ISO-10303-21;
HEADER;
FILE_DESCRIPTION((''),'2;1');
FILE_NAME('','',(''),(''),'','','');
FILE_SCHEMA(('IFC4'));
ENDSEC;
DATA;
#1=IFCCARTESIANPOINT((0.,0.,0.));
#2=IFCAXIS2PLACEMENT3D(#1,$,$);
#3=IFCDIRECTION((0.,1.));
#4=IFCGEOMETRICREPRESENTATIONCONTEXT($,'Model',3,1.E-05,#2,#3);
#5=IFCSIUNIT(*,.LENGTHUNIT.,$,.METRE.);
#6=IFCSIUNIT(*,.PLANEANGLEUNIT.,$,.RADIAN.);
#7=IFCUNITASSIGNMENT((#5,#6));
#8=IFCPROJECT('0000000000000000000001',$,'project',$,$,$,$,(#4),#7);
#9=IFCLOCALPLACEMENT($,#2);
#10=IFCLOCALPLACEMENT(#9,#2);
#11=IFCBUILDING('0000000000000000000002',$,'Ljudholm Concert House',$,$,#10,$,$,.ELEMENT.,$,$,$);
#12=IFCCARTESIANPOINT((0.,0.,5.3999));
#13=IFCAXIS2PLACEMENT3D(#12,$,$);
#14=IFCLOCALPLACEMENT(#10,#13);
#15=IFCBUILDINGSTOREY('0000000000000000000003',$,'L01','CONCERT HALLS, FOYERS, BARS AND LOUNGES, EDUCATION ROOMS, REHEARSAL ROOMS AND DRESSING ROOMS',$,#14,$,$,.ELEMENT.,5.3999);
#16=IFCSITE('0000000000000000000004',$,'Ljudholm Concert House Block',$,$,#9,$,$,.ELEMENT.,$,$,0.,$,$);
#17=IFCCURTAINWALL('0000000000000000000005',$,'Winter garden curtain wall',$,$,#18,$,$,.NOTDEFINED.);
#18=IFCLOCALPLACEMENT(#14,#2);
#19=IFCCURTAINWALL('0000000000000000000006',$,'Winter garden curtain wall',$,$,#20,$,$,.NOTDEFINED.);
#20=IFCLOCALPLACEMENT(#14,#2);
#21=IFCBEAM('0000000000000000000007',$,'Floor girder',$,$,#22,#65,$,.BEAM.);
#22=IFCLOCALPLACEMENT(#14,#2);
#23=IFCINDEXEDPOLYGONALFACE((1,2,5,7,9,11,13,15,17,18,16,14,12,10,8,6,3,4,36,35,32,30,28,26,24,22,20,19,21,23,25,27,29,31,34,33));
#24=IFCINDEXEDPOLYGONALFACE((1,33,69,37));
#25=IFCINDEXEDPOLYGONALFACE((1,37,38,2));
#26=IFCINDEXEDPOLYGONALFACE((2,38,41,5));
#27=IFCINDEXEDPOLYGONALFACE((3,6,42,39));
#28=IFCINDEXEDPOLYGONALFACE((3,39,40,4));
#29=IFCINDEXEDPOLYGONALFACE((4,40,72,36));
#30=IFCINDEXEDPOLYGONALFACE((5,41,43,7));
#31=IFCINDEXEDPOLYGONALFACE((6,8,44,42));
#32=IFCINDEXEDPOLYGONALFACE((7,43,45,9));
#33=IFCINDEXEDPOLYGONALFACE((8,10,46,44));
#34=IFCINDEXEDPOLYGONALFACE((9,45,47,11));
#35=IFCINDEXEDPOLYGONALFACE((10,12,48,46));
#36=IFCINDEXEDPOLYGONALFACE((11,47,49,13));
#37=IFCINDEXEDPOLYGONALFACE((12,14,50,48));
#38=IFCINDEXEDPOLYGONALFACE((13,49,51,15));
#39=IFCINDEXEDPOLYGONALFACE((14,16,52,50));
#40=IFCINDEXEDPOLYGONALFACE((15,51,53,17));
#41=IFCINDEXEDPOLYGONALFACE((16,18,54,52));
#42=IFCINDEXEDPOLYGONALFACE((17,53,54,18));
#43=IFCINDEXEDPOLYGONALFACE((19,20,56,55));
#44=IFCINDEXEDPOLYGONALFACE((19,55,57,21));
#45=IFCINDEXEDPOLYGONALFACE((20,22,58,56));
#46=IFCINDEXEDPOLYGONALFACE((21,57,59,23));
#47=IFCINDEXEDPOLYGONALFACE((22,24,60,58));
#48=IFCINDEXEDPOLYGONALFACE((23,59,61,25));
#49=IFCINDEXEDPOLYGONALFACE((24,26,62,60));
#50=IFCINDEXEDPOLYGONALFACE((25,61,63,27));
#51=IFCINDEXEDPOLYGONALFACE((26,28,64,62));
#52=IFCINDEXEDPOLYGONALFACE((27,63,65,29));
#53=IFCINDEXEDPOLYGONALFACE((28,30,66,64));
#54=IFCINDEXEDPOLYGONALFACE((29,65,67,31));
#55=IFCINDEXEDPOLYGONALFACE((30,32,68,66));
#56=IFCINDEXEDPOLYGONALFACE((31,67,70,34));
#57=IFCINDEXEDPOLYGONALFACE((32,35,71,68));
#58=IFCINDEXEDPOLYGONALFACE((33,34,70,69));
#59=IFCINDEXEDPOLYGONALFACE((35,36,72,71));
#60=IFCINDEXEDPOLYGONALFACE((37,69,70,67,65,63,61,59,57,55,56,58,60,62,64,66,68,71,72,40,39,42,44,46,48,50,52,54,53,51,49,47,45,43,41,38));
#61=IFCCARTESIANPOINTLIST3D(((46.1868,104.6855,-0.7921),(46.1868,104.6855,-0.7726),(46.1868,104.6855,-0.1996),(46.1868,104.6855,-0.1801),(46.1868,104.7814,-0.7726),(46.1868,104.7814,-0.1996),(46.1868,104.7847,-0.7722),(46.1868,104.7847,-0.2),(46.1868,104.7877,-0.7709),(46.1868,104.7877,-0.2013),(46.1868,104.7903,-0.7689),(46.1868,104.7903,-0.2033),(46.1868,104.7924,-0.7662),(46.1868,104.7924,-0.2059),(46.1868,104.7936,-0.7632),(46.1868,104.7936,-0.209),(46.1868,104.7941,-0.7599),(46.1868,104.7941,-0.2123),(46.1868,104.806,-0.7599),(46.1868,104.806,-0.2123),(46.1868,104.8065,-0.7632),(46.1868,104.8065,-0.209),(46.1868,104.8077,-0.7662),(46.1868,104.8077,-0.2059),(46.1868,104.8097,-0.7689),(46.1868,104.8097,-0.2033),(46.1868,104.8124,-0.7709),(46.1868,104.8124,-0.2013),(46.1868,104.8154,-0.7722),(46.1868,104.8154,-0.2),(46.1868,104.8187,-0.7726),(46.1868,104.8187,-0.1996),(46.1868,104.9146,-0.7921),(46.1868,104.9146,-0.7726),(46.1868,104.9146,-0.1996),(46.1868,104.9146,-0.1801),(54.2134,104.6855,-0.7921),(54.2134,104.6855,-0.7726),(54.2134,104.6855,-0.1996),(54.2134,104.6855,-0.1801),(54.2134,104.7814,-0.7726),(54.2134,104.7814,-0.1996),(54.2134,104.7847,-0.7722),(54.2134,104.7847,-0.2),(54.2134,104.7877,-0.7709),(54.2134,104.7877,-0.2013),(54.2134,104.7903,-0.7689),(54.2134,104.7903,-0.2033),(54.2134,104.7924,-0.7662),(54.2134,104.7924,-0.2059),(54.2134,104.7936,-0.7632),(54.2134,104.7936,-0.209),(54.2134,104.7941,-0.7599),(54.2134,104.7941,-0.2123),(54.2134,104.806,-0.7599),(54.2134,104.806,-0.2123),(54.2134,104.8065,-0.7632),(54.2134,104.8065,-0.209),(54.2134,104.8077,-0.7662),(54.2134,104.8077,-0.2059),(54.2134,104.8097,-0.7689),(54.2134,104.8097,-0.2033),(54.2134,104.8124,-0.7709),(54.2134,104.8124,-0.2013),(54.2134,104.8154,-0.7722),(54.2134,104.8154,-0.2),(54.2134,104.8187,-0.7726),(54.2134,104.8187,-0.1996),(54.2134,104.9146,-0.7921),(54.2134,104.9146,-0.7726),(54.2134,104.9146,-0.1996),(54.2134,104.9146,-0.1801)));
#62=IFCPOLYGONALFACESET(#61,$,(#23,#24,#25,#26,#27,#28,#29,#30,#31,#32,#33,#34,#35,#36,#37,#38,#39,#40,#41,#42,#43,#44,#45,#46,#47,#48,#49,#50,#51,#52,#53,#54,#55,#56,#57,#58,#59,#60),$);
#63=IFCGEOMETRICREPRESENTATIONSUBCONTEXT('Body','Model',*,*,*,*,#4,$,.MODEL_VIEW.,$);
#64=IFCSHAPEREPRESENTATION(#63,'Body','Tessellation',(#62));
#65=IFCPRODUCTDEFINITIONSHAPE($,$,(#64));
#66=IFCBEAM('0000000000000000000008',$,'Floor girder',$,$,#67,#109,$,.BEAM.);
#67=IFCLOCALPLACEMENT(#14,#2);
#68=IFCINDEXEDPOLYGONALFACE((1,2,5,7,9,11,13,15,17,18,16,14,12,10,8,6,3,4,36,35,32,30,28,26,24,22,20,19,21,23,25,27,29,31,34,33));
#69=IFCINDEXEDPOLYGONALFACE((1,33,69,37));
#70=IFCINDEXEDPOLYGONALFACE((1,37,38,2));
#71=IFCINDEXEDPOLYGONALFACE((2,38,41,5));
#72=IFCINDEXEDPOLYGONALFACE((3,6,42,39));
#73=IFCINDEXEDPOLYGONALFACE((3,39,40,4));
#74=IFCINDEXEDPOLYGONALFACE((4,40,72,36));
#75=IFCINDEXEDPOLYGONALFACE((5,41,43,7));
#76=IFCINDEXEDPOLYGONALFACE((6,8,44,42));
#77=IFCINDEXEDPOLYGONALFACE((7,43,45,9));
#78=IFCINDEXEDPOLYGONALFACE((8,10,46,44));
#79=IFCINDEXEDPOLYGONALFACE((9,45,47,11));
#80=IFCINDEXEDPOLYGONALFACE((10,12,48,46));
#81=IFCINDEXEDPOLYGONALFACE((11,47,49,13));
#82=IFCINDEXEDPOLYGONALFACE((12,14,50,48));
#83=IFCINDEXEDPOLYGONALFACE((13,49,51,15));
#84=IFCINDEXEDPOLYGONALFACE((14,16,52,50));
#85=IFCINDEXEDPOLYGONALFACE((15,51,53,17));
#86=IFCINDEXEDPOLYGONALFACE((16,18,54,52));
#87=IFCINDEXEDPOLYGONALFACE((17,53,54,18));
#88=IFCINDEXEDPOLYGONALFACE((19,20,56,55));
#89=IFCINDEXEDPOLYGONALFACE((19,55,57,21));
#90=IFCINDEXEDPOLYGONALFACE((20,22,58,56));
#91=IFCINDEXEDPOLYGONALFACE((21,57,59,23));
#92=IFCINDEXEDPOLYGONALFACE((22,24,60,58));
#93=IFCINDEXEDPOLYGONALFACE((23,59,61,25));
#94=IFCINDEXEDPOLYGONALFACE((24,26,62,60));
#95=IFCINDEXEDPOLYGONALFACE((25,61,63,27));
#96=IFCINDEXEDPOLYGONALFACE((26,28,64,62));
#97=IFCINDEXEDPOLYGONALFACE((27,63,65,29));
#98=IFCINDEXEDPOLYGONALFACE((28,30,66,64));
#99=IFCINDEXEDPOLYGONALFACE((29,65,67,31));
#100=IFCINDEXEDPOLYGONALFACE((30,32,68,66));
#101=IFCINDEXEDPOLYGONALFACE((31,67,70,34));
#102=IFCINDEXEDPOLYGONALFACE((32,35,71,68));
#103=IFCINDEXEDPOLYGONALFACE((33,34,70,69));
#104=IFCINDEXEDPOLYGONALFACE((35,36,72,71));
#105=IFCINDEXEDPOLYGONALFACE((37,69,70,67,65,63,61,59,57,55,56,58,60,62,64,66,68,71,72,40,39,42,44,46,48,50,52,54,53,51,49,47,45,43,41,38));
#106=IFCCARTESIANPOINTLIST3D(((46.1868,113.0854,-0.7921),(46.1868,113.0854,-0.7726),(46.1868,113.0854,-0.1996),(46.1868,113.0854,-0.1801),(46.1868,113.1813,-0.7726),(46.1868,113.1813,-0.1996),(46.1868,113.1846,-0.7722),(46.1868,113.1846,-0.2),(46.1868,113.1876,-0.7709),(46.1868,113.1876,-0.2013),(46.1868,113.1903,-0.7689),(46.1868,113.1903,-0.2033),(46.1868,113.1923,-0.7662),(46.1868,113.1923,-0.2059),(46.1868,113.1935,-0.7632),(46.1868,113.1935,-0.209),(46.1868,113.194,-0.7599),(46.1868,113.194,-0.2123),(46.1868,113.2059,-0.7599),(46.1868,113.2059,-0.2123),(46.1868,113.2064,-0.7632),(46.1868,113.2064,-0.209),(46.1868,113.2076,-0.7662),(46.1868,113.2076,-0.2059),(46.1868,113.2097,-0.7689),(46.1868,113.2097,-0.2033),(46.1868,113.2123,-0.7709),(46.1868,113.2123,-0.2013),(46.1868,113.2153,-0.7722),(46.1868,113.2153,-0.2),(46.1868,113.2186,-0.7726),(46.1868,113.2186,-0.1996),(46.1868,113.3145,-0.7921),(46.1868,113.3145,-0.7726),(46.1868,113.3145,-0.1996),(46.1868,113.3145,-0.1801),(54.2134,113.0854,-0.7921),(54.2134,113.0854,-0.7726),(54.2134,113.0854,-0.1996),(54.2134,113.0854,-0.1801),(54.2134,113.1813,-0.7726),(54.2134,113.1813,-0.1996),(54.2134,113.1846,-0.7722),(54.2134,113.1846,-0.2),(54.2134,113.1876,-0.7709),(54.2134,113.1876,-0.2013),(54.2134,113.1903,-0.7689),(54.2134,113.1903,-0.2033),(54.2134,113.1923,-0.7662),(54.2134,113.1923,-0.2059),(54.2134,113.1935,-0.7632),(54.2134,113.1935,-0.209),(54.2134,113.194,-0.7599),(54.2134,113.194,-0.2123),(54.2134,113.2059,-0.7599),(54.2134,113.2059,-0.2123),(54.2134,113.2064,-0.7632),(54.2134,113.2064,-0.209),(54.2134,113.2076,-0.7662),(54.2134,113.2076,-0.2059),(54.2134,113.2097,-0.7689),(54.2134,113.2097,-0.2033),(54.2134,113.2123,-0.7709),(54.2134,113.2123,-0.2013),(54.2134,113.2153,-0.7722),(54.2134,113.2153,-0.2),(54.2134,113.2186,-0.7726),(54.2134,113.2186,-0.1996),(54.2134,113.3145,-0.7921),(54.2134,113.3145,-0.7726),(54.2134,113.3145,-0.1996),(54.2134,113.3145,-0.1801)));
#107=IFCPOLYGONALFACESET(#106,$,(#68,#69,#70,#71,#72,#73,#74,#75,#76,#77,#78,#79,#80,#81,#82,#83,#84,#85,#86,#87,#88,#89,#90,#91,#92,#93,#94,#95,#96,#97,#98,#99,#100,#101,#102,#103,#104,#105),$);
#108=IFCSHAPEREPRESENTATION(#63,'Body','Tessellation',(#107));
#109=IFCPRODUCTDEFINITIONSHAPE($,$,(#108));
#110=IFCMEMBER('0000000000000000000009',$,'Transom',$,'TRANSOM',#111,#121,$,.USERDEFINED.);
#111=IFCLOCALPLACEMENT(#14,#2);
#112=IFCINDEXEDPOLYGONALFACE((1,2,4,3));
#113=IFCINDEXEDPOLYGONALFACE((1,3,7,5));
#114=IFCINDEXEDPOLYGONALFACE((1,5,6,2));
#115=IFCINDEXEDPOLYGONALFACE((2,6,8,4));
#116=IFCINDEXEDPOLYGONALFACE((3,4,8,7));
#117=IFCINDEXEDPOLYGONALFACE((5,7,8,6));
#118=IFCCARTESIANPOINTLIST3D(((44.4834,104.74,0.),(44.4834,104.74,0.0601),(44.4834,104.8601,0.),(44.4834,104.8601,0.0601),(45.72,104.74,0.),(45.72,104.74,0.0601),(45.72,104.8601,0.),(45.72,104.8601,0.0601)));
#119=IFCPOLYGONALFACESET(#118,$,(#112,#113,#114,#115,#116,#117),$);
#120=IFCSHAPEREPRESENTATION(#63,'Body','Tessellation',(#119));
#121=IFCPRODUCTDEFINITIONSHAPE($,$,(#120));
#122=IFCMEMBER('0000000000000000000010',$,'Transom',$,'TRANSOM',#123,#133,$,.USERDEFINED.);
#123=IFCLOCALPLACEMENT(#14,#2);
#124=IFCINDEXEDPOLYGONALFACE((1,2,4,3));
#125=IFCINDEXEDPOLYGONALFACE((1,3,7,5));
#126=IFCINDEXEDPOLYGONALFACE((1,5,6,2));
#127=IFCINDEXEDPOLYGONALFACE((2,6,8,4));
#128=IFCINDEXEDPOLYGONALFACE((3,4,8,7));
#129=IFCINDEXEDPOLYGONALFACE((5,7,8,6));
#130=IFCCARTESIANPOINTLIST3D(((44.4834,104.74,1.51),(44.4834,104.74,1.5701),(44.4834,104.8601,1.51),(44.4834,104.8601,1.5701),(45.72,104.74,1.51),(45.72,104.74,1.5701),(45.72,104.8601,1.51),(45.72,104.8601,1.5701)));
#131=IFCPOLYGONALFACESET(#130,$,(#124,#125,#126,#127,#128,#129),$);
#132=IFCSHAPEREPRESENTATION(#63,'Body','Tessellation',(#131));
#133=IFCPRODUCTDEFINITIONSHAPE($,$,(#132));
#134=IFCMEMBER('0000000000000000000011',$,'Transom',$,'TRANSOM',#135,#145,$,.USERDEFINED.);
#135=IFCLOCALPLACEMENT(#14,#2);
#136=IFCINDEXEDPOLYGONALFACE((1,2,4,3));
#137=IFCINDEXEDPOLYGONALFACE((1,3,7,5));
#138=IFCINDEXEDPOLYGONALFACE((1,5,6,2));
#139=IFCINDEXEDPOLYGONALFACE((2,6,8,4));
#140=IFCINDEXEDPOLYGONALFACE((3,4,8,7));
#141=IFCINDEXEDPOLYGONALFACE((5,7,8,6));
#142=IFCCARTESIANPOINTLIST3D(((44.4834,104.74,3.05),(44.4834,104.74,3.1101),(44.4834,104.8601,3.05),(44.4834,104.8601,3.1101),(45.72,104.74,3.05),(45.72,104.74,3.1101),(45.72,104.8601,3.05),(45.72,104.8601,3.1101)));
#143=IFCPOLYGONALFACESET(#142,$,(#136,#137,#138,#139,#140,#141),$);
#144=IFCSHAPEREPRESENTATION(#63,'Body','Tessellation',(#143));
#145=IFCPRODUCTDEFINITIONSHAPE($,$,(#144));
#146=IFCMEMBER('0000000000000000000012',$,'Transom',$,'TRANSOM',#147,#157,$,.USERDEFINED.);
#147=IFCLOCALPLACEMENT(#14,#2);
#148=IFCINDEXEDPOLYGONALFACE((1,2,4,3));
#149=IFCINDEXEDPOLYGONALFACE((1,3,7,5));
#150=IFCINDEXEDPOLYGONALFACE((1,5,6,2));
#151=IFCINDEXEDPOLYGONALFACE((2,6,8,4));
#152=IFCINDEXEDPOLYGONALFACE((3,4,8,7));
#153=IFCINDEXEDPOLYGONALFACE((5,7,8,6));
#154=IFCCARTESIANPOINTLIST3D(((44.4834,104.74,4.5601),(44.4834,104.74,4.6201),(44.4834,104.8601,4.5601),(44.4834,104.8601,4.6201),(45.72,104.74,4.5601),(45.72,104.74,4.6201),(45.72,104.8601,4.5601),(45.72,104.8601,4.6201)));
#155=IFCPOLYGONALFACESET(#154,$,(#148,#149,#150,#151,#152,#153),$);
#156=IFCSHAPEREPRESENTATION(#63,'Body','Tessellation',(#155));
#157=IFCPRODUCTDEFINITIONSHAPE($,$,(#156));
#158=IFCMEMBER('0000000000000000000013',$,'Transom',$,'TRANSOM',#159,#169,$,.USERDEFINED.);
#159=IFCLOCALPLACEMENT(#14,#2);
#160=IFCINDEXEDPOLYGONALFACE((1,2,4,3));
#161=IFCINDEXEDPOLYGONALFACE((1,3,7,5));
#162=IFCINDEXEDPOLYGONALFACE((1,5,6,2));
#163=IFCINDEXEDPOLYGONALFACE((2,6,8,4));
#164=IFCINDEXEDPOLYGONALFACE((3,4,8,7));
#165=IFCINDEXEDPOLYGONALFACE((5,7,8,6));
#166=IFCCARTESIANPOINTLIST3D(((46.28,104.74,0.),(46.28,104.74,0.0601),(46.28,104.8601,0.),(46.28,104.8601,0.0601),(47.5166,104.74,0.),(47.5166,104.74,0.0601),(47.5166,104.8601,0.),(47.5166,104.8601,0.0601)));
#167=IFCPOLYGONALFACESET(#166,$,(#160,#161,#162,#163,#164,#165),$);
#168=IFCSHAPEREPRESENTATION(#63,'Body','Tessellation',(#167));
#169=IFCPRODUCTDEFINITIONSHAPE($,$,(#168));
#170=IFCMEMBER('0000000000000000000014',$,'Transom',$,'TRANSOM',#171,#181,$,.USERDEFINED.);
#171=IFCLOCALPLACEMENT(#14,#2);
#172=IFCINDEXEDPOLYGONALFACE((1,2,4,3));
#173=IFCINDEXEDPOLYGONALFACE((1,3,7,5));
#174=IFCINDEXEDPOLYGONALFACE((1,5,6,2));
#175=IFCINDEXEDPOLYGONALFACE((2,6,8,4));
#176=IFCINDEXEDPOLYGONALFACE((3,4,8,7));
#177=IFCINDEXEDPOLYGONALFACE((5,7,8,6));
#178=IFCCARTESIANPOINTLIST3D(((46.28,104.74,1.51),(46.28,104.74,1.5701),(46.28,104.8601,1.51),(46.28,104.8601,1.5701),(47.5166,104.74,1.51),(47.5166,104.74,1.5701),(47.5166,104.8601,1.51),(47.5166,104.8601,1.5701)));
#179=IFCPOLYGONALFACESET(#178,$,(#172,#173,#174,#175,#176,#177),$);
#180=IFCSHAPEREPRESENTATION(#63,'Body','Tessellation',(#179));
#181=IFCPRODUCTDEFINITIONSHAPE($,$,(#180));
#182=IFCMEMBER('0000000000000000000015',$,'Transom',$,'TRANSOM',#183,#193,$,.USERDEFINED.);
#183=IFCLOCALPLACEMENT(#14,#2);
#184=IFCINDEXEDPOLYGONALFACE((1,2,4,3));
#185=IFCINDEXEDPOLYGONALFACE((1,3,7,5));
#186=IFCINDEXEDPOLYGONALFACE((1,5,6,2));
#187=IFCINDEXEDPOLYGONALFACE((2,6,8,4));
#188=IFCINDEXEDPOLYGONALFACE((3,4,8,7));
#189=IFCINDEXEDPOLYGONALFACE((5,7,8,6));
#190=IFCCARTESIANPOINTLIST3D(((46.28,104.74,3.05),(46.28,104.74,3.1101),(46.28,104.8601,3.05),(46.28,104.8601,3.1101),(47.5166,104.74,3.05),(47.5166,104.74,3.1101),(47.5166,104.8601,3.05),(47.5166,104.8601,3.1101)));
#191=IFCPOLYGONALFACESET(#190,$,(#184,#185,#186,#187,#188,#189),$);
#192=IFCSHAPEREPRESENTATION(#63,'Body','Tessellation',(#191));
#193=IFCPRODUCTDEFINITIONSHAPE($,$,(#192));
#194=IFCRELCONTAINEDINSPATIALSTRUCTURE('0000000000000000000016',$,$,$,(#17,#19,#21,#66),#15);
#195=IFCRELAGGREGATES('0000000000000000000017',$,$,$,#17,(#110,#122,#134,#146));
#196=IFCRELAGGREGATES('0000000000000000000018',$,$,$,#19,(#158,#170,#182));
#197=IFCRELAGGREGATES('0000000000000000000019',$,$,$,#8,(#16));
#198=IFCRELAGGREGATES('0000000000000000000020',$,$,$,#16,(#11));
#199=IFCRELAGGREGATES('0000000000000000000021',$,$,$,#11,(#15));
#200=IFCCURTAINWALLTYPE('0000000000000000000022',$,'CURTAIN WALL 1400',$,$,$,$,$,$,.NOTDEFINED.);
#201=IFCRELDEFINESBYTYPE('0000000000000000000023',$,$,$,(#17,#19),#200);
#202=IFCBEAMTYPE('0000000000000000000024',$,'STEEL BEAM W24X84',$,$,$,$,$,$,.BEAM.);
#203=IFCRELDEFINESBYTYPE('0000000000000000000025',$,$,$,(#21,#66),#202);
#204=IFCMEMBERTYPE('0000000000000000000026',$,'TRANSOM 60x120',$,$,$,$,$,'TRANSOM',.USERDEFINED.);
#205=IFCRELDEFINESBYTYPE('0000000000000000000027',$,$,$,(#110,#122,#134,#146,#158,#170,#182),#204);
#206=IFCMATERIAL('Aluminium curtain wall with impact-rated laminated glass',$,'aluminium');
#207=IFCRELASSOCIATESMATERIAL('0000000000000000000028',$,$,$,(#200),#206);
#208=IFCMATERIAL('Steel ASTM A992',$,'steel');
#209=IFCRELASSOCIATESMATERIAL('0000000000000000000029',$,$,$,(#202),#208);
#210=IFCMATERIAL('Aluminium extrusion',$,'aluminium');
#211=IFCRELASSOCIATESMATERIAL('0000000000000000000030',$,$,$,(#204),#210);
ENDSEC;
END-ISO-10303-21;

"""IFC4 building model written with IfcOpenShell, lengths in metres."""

from ifc_helpers import new_model, si_unit, direction, frame, origin, origin_2d, place, context, subcontext, project, spatial, rectangle, i_section, extrude, material, material_profile, profile_set, type_object, element, aggregate, save


model = new_model("IFC4")

# Units and contexts
model_context = context("Model", 3, precision=1e-05, world=origin(), true_north=direction((0.0, 1.0)))
body_context = subcontext(model_context, "Body", "Model", "MODEL_VIEW")
ifc_project = project(units=[si_unit("LENGTHUNIT", "METRE"), si_unit("PLANEANGLEUNIT", "RADIAN")], contexts=[model_context])

# Site, building, storey
site_placement = place(None, origin())
site = spatial("IfcSite", under=ifc_project, at=site_placement, Name="Ljudholm Concert House Block", CompositionType="ELEMENT", RefElevation=0.0)
building_placement = place(site_placement, origin())
building = spatial("IfcBuilding", under=site, at=building_placement, Name="Ljudholm Concert House", CompositionType="ELEMENT")
storey_placement = place(building_placement, frame((0.0, 0.0, 5.3999)))
storey = spatial("IfcBuildingStorey", under=building, at=storey_placement, Name="L01", Description="CONCERT HALLS, FOYERS, BARS AND LOUNGES, EDUCATION ROOMS, REHEARSAL ROOMS AND DRESSING ROOMS", CompositionType="ELEMENT", Elevation=5.3999)

# Curtain walls
ifc_material_1 = material(Name="Aluminium curtain wall with impact-rated laminated glass", Category="aluminium")
curtain_wall_type = type_object("IfcCurtainWallType", Name="CURTAIN WALL 1400", PredefinedType="NOTDEFINED", material=ifc_material_1)
curtain_wall_1_placement = place(storey_placement, origin())
curtain_wall_1 = element("IfcCurtainWall", 1, at=curtain_wall_1_placement, inside=storey, type_object=curtain_wall_type, Name="Winter garden curtain wall", PredefinedType="NOTDEFINED")
curtain_wall_2_placement = place(storey_placement, origin())
curtain_wall_2 = element("IfcCurtainWall", 2, at=curtain_wall_2_placement, inside=storey, type_object=curtain_wall_type, Name="Winter garden curtain wall", PredefinedType="NOTDEFINED")

# Beams
ifc_material_2 = material(Name="Steel ASTM A992", Category="steel")
ifc_material_profile_1 = material_profile(ifc_material_2, i_section(OverallWidth=0.229, OverallDepth=0.6121, WebThickness=0.012, FlangeThickness=0.0195, FilletRadius=0.0127, at=origin_2d()), Name="W24X84")
ifc_profile_set_1 = profile_set([ifc_material_profile_1], Name="Steel ASTM A992")
beam_type_1 = type_object("IfcBeamType", Name="STEEL BEAM W24X84", PredefinedType="BEAM", material=ifc_profile_set_1)
for number, where, z_axis, x_axis, name in (
    (3, (46.1868, 104.8, -0.4861), (1.0, 0.0, 0.0), (0.0, 1.0, 0.0), "Floor girder"),
    (4, (46.1868, 113.2, -0.4861), (1.0, 0.0, 0.0), (0.0, 1.0, 0.0), "Floor girder"),
):
    element("IfcBeam", number, at=place(storey_placement, frame(where, z_axis=z_axis, x_axis=x_axis)), inside=storey, type_object=beam_type_1, Name=name, PredefinedType="BEAM", context=body_context, shape_type="SweptSolid", body=[
        extrude(i_section(OverallWidth=0.229, OverallDepth=0.6121, WebThickness=0.012, FlangeThickness=0.0195, FilletRadius=0.0127, at=origin_2d()), origin(), (0.0, 0.0, 1.0), 8.0266),
    ])

# Members
ifc_material_3 = material(Name="Aluminium extrusion", Category="aluminium")
ifc_material_profile_2 = material_profile(ifc_material_3, rectangle(XDim=0.1201, YDim=0.0601, at=origin_2d()), Name="TRANSOM 60x120")
ifc_profile_set_2 = profile_set([ifc_material_profile_2], Name="Aluminium extrusion")
member_type_1 = type_object("IfcMemberType", Name="TRANSOM 60x120", ElementType="TRANSOM", PredefinedType="USERDEFINED", material=ifc_profile_set_2)
member_1_placement = place(storey_placement, frame((44.4834, 104.8, 0.03), z_axis=(1.0, 0.0, 0.0), x_axis=(0.0, 1.0, 0.0)))
member_1 = element("IfcMember", 5, at=member_1_placement, type_object=member_type_1, Name="Transom", ObjectType="TRANSOM", PredefinedType="USERDEFINED", context=body_context, shape_type="SweptSolid", body=[
    extrude(rectangle(XDim=0.1201, YDim=0.0601, at=origin_2d()), origin(), (0.0, 0.0, 1.0), 1.2366),
])
member_2_placement = place(storey_placement, frame((44.4834, 104.8, 1.54), z_axis=(1.0, 0.0, 0.0), x_axis=(0.0, 1.0, 0.0)))
member_2 = element("IfcMember", 6, at=member_2_placement, type_object=member_type_1, Name="Transom", ObjectType="TRANSOM", PredefinedType="USERDEFINED", context=body_context, shape_type="SweptSolid", body=[
    extrude(rectangle(XDim=0.1201, YDim=0.0601, at=origin_2d()), origin(), (0.0, 0.0, 1.0), 1.2366),
])
member_3_placement = place(storey_placement, frame((44.4834, 104.8, 3.0801), z_axis=(1.0, 0.0, 0.0), x_axis=(0.0, 1.0, 0.0)))
member_3 = element("IfcMember", 7, at=member_3_placement, type_object=member_type_1, Name="Transom", ObjectType="TRANSOM", PredefinedType="USERDEFINED", context=body_context, shape_type="SweptSolid", body=[
    extrude(rectangle(XDim=0.1201, YDim=0.0601, at=origin_2d()), origin(), (0.0, 0.0, 1.0), 1.2366),
])
member_4_placement = place(storey_placement, frame((44.4834, 104.8, 4.5901), z_axis=(1.0, 0.0, 0.0), x_axis=(0.0, 1.0, 0.0)))
member_4 = element("IfcMember", 8, at=member_4_placement, type_object=member_type_1, Name="Transom", ObjectType="TRANSOM", PredefinedType="USERDEFINED", context=body_context, shape_type="SweptSolid", body=[
    extrude(rectangle(XDim=0.1201, YDim=0.0601, at=origin_2d()), origin(), (0.0, 0.0, 1.0), 1.2366),
])
member_5_placement = place(storey_placement, frame((46.28, 104.8, 0.03), z_axis=(1.0, 0.0, 0.0), x_axis=(0.0, 1.0, 0.0)))
member_5 = element("IfcMember", 9, at=member_5_placement, type_object=member_type_1, Name="Transom", ObjectType="TRANSOM", PredefinedType="USERDEFINED", context=body_context, shape_type="SweptSolid", body=[
    extrude(rectangle(XDim=0.1201, YDim=0.0601, at=origin_2d()), origin(), (0.0, 0.0, 1.0), 1.2366),
])
member_6_placement = place(storey_placement, frame((46.28, 104.8, 1.54), z_axis=(1.0, 0.0, 0.0), x_axis=(0.0, 1.0, 0.0)))
member_6 = element("IfcMember", 10, at=member_6_placement, type_object=member_type_1, Name="Transom", ObjectType="TRANSOM", PredefinedType="USERDEFINED", context=body_context, shape_type="SweptSolid", body=[
    extrude(rectangle(XDim=0.1201, YDim=0.0601, at=origin_2d()), origin(), (0.0, 0.0, 1.0), 1.2366),
])
member_7_placement = place(storey_placement, frame((46.28, 104.8, 3.0801), z_axis=(1.0, 0.0, 0.0), x_axis=(0.0, 1.0, 0.0)))
member_7 = element("IfcMember", 11, at=member_7_placement, type_object=member_type_1, Name="Transom", ObjectType="TRANSOM", PredefinedType="USERDEFINED", context=body_context, shape_type="SweptSolid", body=[
    extrude(rectangle(XDim=0.1201, YDim=0.0601, at=origin_2d()), origin(), (0.0, 0.0, 1.0), 1.2366),
])

aggregate(curtain_wall_1, [member_1, member_2, member_3, member_4])
aggregate(curtain_wall_2, [member_5, member_6, member_7])

save(model, "model.ifc")
